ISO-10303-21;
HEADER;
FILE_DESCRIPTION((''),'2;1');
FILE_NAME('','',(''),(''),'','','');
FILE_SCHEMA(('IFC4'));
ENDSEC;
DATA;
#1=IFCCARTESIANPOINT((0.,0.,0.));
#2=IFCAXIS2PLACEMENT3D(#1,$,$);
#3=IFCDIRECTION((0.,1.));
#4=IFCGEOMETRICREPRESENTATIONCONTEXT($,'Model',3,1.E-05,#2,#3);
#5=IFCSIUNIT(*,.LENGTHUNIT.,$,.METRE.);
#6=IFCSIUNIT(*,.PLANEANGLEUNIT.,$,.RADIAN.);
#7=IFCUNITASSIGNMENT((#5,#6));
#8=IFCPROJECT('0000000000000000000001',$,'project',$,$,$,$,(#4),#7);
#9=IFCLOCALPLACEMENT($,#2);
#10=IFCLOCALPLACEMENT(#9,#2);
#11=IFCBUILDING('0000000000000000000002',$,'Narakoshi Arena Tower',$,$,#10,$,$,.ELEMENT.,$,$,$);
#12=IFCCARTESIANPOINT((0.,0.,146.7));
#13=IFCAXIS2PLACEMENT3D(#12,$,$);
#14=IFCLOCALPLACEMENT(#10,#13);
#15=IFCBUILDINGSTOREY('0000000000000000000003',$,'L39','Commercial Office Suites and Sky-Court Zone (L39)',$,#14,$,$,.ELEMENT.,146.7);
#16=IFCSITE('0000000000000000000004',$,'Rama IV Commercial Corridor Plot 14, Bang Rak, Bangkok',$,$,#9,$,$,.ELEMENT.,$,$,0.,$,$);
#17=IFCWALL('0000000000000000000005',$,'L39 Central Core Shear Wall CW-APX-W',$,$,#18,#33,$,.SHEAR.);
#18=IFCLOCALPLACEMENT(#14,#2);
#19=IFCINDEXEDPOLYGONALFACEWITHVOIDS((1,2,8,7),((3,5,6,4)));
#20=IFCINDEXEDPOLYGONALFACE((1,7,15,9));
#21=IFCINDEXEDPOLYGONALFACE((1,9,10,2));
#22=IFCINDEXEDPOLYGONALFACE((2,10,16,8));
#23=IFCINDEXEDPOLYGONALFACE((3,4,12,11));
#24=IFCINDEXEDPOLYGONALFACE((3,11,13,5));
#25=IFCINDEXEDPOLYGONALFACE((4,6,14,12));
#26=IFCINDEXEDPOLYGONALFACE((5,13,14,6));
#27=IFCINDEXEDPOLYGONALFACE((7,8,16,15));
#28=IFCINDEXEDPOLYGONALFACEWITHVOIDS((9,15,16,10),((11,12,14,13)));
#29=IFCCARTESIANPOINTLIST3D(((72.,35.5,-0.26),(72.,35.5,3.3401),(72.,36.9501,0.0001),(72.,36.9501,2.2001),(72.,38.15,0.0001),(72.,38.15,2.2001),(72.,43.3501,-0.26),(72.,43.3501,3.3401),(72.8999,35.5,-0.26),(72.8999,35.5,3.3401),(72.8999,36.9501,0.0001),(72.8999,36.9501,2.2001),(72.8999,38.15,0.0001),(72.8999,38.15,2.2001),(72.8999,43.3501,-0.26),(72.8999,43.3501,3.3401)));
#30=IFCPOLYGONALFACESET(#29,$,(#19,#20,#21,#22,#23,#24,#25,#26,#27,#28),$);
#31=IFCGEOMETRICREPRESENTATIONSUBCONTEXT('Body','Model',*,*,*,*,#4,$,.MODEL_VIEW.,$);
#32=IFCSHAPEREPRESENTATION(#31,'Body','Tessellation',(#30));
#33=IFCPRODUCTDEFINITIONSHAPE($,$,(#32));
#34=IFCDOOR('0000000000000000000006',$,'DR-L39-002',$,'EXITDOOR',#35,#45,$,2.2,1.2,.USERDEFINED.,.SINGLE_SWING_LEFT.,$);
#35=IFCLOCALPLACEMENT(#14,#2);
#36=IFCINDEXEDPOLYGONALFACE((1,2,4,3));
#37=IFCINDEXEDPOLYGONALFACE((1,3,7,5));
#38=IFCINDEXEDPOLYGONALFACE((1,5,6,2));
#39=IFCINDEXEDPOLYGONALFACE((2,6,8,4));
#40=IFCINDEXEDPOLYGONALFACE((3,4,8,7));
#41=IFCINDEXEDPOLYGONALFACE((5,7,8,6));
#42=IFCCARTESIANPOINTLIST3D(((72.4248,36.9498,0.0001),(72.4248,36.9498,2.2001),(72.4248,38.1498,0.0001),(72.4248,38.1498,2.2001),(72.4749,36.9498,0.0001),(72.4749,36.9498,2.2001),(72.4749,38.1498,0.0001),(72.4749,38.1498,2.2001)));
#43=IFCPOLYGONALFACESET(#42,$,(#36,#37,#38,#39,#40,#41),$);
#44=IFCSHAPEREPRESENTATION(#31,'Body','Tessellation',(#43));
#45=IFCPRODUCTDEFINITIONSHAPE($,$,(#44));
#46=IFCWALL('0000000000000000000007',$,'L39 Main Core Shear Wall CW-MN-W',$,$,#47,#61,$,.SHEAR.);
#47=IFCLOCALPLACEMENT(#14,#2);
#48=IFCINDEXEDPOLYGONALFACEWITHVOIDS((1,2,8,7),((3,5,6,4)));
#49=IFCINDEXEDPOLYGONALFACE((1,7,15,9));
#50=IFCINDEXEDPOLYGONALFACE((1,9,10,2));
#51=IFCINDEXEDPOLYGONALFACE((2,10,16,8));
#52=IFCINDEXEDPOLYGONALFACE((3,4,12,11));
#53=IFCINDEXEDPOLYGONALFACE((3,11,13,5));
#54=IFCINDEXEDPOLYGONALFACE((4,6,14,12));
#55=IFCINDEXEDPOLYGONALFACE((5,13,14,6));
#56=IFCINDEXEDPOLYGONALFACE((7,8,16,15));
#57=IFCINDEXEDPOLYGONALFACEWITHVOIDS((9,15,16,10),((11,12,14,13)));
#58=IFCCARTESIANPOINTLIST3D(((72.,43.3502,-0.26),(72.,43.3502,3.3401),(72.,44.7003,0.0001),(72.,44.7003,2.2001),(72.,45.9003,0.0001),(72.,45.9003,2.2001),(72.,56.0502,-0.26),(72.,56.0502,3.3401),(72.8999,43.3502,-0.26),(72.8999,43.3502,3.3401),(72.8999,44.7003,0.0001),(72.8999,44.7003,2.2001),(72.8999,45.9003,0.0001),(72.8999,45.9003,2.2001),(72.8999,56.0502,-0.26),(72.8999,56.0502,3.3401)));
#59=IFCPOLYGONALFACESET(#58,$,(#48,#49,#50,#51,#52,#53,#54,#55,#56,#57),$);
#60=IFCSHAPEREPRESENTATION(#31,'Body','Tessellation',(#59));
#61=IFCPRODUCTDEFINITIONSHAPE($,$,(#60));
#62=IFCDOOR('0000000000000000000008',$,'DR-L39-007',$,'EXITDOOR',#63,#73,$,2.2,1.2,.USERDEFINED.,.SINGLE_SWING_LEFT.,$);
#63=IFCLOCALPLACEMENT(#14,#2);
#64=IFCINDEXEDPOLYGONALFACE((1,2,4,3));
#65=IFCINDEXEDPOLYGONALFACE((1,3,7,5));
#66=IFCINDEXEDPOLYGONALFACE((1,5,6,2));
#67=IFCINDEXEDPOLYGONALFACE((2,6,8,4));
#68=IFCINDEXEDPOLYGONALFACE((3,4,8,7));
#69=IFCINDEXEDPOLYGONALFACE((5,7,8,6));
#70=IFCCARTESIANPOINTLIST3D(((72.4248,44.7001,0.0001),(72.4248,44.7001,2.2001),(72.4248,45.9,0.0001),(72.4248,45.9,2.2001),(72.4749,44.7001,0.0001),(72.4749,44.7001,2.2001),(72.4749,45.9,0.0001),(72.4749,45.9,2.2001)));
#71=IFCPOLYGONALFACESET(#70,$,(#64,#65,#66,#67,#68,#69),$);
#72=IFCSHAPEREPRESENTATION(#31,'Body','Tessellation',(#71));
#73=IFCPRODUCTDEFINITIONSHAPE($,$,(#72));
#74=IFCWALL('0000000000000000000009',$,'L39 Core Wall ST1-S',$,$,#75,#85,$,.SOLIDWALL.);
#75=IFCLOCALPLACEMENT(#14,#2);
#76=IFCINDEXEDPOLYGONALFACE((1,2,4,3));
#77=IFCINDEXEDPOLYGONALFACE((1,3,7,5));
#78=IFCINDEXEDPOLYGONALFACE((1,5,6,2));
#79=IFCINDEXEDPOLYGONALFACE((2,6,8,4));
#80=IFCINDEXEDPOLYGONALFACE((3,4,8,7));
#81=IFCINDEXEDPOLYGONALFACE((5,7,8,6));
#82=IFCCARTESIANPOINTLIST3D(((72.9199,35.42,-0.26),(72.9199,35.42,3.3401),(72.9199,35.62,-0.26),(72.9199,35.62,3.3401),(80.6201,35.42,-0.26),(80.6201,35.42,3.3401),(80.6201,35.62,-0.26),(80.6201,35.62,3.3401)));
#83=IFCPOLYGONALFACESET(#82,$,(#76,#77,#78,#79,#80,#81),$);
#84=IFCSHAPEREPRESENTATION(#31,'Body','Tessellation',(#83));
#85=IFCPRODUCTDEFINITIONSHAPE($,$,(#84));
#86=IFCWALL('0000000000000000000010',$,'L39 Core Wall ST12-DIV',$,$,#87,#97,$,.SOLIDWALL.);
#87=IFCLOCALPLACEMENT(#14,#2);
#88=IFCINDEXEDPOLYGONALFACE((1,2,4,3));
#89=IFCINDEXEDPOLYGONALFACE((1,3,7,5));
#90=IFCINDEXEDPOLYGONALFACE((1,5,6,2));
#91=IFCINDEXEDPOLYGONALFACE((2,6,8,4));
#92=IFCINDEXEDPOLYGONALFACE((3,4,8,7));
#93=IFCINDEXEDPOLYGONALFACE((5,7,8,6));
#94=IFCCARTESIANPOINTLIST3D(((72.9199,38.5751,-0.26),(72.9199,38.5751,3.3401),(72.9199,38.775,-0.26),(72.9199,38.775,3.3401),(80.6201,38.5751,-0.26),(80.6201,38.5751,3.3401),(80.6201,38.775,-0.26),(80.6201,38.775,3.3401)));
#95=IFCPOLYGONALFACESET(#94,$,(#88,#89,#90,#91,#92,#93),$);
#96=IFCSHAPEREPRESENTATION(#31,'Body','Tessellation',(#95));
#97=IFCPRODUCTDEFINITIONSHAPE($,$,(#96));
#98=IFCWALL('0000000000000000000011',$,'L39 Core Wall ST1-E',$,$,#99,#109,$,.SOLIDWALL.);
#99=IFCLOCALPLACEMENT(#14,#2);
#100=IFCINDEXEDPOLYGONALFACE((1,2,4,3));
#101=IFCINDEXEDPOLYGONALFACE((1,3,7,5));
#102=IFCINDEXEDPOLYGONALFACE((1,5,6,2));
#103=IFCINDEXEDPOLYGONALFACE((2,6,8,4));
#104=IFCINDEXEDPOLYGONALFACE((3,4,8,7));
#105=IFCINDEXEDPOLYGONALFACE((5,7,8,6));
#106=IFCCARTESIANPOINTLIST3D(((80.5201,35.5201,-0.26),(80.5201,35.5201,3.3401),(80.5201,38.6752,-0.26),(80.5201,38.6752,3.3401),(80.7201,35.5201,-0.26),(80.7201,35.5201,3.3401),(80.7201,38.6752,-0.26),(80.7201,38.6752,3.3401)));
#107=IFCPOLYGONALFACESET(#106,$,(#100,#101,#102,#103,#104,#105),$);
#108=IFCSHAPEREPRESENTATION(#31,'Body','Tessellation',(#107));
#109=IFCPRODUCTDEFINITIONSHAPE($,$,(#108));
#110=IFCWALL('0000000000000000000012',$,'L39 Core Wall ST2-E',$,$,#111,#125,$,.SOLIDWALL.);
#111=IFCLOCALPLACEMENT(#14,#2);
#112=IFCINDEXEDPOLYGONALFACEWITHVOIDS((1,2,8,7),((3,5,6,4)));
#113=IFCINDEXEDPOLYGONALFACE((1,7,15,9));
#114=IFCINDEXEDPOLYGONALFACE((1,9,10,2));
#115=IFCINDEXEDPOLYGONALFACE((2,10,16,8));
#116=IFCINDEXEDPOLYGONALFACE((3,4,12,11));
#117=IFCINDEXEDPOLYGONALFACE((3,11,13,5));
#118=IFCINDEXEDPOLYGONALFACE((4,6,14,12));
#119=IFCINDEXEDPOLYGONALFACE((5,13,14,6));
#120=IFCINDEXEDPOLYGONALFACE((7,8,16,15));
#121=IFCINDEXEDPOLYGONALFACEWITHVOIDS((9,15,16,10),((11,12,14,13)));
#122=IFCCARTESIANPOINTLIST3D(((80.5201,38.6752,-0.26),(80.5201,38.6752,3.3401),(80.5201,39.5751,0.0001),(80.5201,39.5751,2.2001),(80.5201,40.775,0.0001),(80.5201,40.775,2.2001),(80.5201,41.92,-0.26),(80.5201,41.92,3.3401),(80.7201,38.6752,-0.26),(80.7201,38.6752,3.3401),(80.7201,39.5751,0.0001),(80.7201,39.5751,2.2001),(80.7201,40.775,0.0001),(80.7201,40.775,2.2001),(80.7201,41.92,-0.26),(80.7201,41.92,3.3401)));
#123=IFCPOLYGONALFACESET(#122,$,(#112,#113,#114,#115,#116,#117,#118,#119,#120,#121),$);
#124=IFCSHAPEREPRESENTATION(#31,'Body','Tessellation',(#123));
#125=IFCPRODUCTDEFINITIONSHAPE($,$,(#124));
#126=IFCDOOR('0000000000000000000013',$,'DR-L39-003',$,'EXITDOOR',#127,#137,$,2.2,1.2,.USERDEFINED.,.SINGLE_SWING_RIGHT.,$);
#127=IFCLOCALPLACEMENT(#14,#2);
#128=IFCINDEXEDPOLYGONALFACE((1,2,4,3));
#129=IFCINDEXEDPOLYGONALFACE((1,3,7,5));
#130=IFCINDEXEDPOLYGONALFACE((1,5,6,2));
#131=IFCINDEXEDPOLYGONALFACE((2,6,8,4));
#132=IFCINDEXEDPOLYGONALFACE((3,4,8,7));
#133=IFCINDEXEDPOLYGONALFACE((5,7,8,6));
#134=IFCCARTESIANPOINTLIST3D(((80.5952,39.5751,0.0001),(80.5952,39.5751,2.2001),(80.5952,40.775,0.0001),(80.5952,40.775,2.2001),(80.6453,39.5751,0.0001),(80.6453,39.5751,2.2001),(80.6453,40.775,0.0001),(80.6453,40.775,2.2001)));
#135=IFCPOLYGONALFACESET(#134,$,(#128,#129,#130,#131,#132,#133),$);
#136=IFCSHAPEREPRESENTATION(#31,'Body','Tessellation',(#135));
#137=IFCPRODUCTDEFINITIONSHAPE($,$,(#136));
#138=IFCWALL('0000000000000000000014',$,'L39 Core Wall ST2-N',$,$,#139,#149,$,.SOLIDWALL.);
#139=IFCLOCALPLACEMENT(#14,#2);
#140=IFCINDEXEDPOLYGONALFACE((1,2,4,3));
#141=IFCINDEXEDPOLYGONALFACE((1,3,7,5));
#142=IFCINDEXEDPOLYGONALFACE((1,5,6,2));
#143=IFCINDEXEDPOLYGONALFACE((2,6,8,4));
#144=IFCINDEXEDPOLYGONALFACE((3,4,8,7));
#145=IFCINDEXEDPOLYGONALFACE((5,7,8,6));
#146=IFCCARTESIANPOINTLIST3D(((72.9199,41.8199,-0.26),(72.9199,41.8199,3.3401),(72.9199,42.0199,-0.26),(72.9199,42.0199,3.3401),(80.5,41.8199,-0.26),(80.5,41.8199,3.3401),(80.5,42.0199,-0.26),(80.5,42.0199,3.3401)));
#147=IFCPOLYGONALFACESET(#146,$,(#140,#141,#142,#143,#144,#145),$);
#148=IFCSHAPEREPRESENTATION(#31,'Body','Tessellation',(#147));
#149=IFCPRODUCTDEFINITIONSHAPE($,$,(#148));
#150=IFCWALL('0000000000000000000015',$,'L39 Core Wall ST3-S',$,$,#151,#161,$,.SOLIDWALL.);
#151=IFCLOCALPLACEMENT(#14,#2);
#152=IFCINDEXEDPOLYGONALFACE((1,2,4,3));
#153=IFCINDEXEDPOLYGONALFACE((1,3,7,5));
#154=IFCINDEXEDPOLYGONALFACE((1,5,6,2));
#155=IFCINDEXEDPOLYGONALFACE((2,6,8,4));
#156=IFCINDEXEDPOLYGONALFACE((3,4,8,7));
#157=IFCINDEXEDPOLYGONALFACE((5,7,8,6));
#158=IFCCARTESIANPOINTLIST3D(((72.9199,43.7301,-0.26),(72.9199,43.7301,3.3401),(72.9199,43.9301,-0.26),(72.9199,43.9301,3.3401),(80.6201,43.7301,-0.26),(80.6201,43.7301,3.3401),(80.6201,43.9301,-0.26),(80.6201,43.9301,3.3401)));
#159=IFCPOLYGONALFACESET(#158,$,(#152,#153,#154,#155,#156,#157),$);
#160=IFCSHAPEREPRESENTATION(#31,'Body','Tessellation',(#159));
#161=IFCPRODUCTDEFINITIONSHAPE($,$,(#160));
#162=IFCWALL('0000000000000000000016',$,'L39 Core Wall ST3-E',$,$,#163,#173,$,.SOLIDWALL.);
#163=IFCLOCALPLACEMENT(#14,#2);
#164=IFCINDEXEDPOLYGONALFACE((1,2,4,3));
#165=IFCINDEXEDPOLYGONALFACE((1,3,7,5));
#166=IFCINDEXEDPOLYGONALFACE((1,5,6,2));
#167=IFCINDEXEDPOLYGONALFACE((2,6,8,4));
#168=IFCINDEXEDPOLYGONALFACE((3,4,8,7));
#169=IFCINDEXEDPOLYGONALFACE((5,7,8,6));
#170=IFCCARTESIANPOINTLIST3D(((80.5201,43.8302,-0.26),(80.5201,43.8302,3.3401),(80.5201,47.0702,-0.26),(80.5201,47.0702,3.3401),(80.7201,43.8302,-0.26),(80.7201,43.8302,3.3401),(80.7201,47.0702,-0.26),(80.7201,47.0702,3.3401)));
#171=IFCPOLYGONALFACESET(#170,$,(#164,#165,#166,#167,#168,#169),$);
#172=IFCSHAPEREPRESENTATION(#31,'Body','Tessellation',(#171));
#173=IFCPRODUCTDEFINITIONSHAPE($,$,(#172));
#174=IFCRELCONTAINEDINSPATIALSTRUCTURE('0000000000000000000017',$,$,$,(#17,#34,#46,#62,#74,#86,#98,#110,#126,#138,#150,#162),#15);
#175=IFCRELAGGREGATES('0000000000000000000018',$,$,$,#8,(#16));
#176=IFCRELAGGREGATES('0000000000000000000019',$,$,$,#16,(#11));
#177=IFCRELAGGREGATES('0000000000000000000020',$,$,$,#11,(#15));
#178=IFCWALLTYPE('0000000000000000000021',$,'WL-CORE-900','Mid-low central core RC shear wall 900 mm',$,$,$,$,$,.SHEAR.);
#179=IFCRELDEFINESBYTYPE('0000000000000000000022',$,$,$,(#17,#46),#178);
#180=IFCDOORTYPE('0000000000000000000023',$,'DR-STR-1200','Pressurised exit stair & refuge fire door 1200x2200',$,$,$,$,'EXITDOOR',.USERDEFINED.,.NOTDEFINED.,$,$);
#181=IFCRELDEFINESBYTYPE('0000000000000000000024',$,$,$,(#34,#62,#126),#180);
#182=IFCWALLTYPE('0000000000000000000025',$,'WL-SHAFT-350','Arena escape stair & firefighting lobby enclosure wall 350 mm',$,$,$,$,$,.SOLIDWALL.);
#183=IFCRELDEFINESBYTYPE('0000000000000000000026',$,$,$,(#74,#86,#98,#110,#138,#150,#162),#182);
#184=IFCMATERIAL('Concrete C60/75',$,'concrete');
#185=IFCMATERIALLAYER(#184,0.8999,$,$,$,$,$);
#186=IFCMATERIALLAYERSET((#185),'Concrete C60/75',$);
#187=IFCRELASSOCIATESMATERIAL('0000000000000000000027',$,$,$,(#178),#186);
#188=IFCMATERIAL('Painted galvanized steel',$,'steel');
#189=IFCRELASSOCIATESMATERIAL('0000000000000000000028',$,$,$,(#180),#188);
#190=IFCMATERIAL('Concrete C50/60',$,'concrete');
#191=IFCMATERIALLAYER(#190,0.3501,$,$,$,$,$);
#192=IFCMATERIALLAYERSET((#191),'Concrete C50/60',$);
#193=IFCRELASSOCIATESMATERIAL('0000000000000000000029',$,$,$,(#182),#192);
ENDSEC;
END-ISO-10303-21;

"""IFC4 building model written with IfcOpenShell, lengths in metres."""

from ifc_helpers import new_model, si_unit, direction, frame, frame_2d, origin, place, context, subcontext, project, spatial, rectangle, extrude, material, layer, layer_set, type_object, element, fill, save


model = new_model("IFC4")

# Units and contexts
model_context = context("Model", 3, precision=1e-05, world=origin(), true_north=direction((0.0, 1.0)))
body_context = subcontext(model_context, "Body", "Model", "MODEL_VIEW")
ifc_project = project(units=[si_unit("LENGTHUNIT", "METRE"), si_unit("PLANEANGLEUNIT", "RADIAN")], contexts=[model_context])

# Site, building, storey
site_placement = place(None, origin())
site = spatial("IfcSite", under=ifc_project, at=site_placement, Name="Rama IV Commercial Corridor Plot 14, Bang Rak, Bangkok", CompositionType="ELEMENT", RefElevation=0.0)
building_placement = place(site_placement, origin())
building = spatial("IfcBuilding", under=site, at=building_placement, Name="Narakoshi Arena Tower", CompositionType="ELEMENT")
storey_placement = place(building_placement, frame((0.0, 0.0, 146.7)))
storey = spatial("IfcBuildingStorey", under=building, at=storey_placement, Name="L39", Description="Commercial Office Suites and Sky-Court Zone (L39)", CompositionType="ELEMENT", Elevation=146.7)

# Walls, openings, doors
ifc_material_1 = material(Name="Concrete C60/75", Category="concrete")
ifc_layer_1 = layer(ifc_material_1, 0.8999)
ifc_layer_set_1 = layer_set([ifc_layer_1], Name="Concrete C60/75")
wall_type_1 = type_object("IfcWallType", Name="WL-CORE-900", Description="Mid-low central core RC shear wall 900 mm", PredefinedType="SHEAR", material=ifc_layer_set_1)
wall_1_placement = place(storey_placement, frame((72.45, 35.5, -0.26), z_axis=(0.0, 0.0, 1.0), x_axis=(0.0, 1.0, 0.0)))
wall_1 = element("IfcWall", 1, at=wall_1_placement, inside=storey, type_object=wall_type_1, Name="L39 Central Core Shear Wall CW-APX-W", PredefinedType="SHEAR", context=body_context, shape_type="SweptSolid", body=[
    extrude(rectangle(XDim=7.8501, YDim=0.8999, at=frame_2d((3.925, 0.0))), origin(), (0.0, 0.0, 1.0), 3.6001),
])
opening_1_placement = place(wall_1_placement, frame((1.45, 0.0, 0.26)))
opening_1 = element("IfcOpeningElement", 2, at=opening_1_placement, cuts=wall_1, PredefinedType="OPENING", context=body_context, shape_type="SweptSolid", body=[
    extrude(rectangle(XDim=1.2, YDim=2.2, at=frame_2d((0.6001, 1.1001))), frame((0.0, 0.46, 0.0), z_axis=(0.0, -1.0, 0.0), x_axis=(1.0, 0.0, 0.0)), (0.0, 0.0, 1.0), 0.9199),
])
ifc_material_2 = material(Name="Painted galvanized steel", Category="steel")
door_type = type_object("IfcDoorType", Name="DR-STR-1200", Description="Pressurised exit stair & refuge fire door 1200x2200", ElementType="EXITDOOR", OperationType="NOTDEFINED", PredefinedType="USERDEFINED", material=ifc_material_2)
door_1_placement = place(opening_1_placement, frame((1.2, 0.0, 0.0), z_axis=(0.0, 0.0, 1.0), x_axis=(-1.0, 0.0, 0.0)))
door_1 = element("IfcDoor", 3, at=door_1_placement, inside=storey, type_object=door_type, Name="DR-L39-002", ObjectType="EXITDOOR", OperationType="SINGLE_SWING_LEFT", OverallHeight=2.2, OverallWidth=1.2, PredefinedType="USERDEFINED", context=body_context, shape_type="SweptSolid", body=[
    extrude(rectangle(XDim=1.2, YDim=2.2, at=frame_2d((0.6001, 1.1001))), frame((0.0, 0.0249, 0.0), z_axis=(0.0, -1.0, 0.0), x_axis=(1.0, 0.0, 0.0)), (0.0, 0.0, 1.0), 0.05),
])
fill(opening_1, door_1)
wall_2_placement = place(storey_placement, frame((72.45, 43.3501, -0.26), z_axis=(0.0, 0.0, 1.0), x_axis=(0.0, 1.0, 0.0)))
wall_2 = element("IfcWall", 4, at=wall_2_placement, inside=storey, type_object=wall_type_1, Name="L39 Main Core Shear Wall CW-MN-W", PredefinedType="SHEAR", context=body_context, shape_type="SweptSolid", body=[
    extrude(rectangle(XDim=12.7, YDim=0.8999, at=frame_2d((6.3501, 0.0))), origin(), (0.0, 0.0, 1.0), 3.6001),
])
opening_2_placement = place(wall_2_placement, frame((1.3501, 0.0, 0.26)))
opening_2 = element("IfcOpeningElement", 5, at=opening_2_placement, cuts=wall_2, PredefinedType="OPENING", context=body_context, shape_type="SweptSolid", body=[
    extrude(rectangle(XDim=1.2, YDim=2.2, at=frame_2d((0.6001, 1.1001))), frame((0.0, 0.46, 0.0), z_axis=(0.0, -1.0, 0.0), x_axis=(1.0, 0.0, 0.0)), (0.0, 0.0, 1.0), 0.9199),
])
door_2_placement = place(opening_2_placement, frame((1.2, 0.0, 0.0), z_axis=(0.0, 0.0, 1.0), x_axis=(-1.0, 0.0, 0.0)))
door_2 = element("IfcDoor", 6, at=door_2_placement, inside=storey, type_object=door_type, Name="DR-L39-007", ObjectType="EXITDOOR", OperationType="SINGLE_SWING_LEFT", OverallHeight=2.2, OverallWidth=1.2, PredefinedType="USERDEFINED", context=body_context, shape_type="SweptSolid", body=[
    extrude(rectangle(XDim=1.2, YDim=2.2, at=frame_2d((0.6001, 1.1001))), frame((0.0, 0.0249, 0.0), z_axis=(0.0, -1.0, 0.0), x_axis=(1.0, 0.0, 0.0)), (0.0, 0.0, 1.0), 0.05),
])
fill(opening_2, door_2)

# Walls
ifc_material_3 = material(Name="Concrete C50/60", Category="concrete")
ifc_layer_2 = layer(ifc_material_3, 0.3501)
ifc_layer_set_2 = layer_set([ifc_layer_2], Name="Concrete C50/60")
wall_type_2 = type_object("IfcWallType", Name="WL-SHAFT-350", Description="Arena escape stair & firefighting lobby enclosure wall 350 mm", PredefinedType="SOLIDWALL", material=ifc_layer_set_2)
for number, where, z_axis, x_axis, name in (
    (7, (72.9199, 35.52, -0.26), (0.0, 0.0, 1.0), (1.0, 0.0, 0.0), "L39 Core Wall ST1-S"),
    (8, (72.9199, 38.675, -0.26), (0.0, 0.0, 1.0), (1.0, 0.0, 0.0), "L39 Core Wall ST12-DIV"),
):
    element("IfcWall", number, at=place(storey_placement, frame(where, z_axis=z_axis, x_axis=x_axis)), inside=storey, type_object=wall_type_2, Name=name, PredefinedType="SOLIDWALL", context=body_context, shape_type="SweptSolid", body=[
        extrude(rectangle(XDim=7.7002, YDim=0.2, at=frame_2d((3.8501, 0.0))), origin(), (0.0, 0.0, 1.0), 3.6001),
    ])
wall_3_placement = place(storey_placement, frame((80.6201, 35.52, -0.26), z_axis=(0.0, 0.0, 1.0), x_axis=(0.0, 1.0, 0.0)))
element("IfcWall", 9, at=wall_3_placement, inside=storey, type_object=wall_type_2, Name="L39 Core Wall ST1-E", PredefinedType="SOLIDWALL", context=body_context, shape_type="SweptSolid", body=[
    extrude(rectangle(XDim=3.155, YDim=0.2, at=frame_2d((1.5776, 0.0))), origin(), (0.0, 0.0, 1.0), 3.6001),
])

# Wall, opening, door
wall_4_placement = place(storey_placement, frame((80.6201, 38.675, -0.26), z_axis=(0.0, 0.0, 1.0), x_axis=(0.0, 1.0, 0.0)))
wall_4 = element("IfcWall", 10, at=wall_4_placement, inside=storey, type_object=wall_type_2, Name="L39 Core Wall ST2-E", PredefinedType="SOLIDWALL", context=body_context, shape_type="SweptSolid", body=[
    extrude(rectangle(XDim=3.2449, YDim=0.2, at=frame_2d((1.6226, 0.0))), origin(), (0.0, 0.0, 1.0), 3.6001),
])
opening_3_placement = place(wall_4_placement, frame((0.8999, 0.0, 0.26)))
opening_3 = element("IfcOpeningElement", 11, at=opening_3_placement, cuts=wall_4, PredefinedType="OPENING", context=body_context, shape_type="SweptSolid", body=[
    extrude(rectangle(XDim=1.2, YDim=2.2, at=frame_2d((0.6001, 1.1001))), frame((0.0, 0.1099, 0.0), z_axis=(0.0, -1.0, 0.0), x_axis=(1.0, 0.0, 0.0)), (0.0, 0.0, 1.0), 0.22),
])
door_3_placement = place(opening_3_placement, origin())
door_3 = element("IfcDoor", 12, at=door_3_placement, inside=storey, type_object=door_type, Name="DR-L39-003", ObjectType="EXITDOOR", OperationType="SINGLE_SWING_RIGHT", OverallHeight=2.2, OverallWidth=1.2, PredefinedType="USERDEFINED", context=body_context, shape_type="SweptSolid", body=[
    extrude(rectangle(XDim=1.2, YDim=2.2, at=frame_2d((0.6001, 1.1001))), frame((0.0, 0.0249, 0.0), z_axis=(0.0, -1.0, 0.0), x_axis=(1.0, 0.0, 0.0)), (0.0, 0.0, 1.0), 0.05),
])
fill(opening_3, door_3)

# Walls
wall_5_placement = place(storey_placement, frame((72.9199, 41.9199, -0.26), z_axis=(0.0, 0.0, 1.0), x_axis=(1.0, 0.0, 0.0)))
element("IfcWall", 13, at=wall_5_placement, inside=storey, type_object=wall_type_2, Name="L39 Core Wall ST2-N", PredefinedType="SOLIDWALL", context=body_context, shape_type="SweptSolid", body=[
    extrude(rectangle(XDim=7.5801, YDim=0.2, at=frame_2d((3.79, 0.0))), origin(), (0.0, 0.0, 1.0), 3.6001),
])
wall_6_placement = place(storey_placement, frame((72.9199, 43.8301, -0.26), z_axis=(0.0, 0.0, 1.0), x_axis=(1.0, 0.0, 0.0)))
element("IfcWall", 14, at=wall_6_placement, inside=storey, type_object=wall_type_2, Name="L39 Core Wall ST3-S", PredefinedType="SOLIDWALL", context=body_context, shape_type="SweptSolid", body=[
    extrude(rectangle(XDim=7.7002, YDim=0.2, at=frame_2d((3.8501, 0.0))), origin(), (0.0, 0.0, 1.0), 3.6001),
])
wall_7_placement = place(storey_placement, frame((80.6201, 43.8301, -0.26), z_axis=(0.0, 0.0, 1.0), x_axis=(0.0, 1.0, 0.0)))
element("IfcWall", 15, at=wall_7_placement, inside=storey, type_object=wall_type_2, Name="L39 Core Wall ST3-E", PredefinedType="SOLIDWALL", context=body_context, shape_type="SweptSolid", body=[
    extrude(rectangle(XDim=3.24, YDim=0.2, at=frame_2d((1.6201, 0.0))), origin(), (0.0, 0.0, 1.0), 3.6001),
])

save(model, "model.ifc")
